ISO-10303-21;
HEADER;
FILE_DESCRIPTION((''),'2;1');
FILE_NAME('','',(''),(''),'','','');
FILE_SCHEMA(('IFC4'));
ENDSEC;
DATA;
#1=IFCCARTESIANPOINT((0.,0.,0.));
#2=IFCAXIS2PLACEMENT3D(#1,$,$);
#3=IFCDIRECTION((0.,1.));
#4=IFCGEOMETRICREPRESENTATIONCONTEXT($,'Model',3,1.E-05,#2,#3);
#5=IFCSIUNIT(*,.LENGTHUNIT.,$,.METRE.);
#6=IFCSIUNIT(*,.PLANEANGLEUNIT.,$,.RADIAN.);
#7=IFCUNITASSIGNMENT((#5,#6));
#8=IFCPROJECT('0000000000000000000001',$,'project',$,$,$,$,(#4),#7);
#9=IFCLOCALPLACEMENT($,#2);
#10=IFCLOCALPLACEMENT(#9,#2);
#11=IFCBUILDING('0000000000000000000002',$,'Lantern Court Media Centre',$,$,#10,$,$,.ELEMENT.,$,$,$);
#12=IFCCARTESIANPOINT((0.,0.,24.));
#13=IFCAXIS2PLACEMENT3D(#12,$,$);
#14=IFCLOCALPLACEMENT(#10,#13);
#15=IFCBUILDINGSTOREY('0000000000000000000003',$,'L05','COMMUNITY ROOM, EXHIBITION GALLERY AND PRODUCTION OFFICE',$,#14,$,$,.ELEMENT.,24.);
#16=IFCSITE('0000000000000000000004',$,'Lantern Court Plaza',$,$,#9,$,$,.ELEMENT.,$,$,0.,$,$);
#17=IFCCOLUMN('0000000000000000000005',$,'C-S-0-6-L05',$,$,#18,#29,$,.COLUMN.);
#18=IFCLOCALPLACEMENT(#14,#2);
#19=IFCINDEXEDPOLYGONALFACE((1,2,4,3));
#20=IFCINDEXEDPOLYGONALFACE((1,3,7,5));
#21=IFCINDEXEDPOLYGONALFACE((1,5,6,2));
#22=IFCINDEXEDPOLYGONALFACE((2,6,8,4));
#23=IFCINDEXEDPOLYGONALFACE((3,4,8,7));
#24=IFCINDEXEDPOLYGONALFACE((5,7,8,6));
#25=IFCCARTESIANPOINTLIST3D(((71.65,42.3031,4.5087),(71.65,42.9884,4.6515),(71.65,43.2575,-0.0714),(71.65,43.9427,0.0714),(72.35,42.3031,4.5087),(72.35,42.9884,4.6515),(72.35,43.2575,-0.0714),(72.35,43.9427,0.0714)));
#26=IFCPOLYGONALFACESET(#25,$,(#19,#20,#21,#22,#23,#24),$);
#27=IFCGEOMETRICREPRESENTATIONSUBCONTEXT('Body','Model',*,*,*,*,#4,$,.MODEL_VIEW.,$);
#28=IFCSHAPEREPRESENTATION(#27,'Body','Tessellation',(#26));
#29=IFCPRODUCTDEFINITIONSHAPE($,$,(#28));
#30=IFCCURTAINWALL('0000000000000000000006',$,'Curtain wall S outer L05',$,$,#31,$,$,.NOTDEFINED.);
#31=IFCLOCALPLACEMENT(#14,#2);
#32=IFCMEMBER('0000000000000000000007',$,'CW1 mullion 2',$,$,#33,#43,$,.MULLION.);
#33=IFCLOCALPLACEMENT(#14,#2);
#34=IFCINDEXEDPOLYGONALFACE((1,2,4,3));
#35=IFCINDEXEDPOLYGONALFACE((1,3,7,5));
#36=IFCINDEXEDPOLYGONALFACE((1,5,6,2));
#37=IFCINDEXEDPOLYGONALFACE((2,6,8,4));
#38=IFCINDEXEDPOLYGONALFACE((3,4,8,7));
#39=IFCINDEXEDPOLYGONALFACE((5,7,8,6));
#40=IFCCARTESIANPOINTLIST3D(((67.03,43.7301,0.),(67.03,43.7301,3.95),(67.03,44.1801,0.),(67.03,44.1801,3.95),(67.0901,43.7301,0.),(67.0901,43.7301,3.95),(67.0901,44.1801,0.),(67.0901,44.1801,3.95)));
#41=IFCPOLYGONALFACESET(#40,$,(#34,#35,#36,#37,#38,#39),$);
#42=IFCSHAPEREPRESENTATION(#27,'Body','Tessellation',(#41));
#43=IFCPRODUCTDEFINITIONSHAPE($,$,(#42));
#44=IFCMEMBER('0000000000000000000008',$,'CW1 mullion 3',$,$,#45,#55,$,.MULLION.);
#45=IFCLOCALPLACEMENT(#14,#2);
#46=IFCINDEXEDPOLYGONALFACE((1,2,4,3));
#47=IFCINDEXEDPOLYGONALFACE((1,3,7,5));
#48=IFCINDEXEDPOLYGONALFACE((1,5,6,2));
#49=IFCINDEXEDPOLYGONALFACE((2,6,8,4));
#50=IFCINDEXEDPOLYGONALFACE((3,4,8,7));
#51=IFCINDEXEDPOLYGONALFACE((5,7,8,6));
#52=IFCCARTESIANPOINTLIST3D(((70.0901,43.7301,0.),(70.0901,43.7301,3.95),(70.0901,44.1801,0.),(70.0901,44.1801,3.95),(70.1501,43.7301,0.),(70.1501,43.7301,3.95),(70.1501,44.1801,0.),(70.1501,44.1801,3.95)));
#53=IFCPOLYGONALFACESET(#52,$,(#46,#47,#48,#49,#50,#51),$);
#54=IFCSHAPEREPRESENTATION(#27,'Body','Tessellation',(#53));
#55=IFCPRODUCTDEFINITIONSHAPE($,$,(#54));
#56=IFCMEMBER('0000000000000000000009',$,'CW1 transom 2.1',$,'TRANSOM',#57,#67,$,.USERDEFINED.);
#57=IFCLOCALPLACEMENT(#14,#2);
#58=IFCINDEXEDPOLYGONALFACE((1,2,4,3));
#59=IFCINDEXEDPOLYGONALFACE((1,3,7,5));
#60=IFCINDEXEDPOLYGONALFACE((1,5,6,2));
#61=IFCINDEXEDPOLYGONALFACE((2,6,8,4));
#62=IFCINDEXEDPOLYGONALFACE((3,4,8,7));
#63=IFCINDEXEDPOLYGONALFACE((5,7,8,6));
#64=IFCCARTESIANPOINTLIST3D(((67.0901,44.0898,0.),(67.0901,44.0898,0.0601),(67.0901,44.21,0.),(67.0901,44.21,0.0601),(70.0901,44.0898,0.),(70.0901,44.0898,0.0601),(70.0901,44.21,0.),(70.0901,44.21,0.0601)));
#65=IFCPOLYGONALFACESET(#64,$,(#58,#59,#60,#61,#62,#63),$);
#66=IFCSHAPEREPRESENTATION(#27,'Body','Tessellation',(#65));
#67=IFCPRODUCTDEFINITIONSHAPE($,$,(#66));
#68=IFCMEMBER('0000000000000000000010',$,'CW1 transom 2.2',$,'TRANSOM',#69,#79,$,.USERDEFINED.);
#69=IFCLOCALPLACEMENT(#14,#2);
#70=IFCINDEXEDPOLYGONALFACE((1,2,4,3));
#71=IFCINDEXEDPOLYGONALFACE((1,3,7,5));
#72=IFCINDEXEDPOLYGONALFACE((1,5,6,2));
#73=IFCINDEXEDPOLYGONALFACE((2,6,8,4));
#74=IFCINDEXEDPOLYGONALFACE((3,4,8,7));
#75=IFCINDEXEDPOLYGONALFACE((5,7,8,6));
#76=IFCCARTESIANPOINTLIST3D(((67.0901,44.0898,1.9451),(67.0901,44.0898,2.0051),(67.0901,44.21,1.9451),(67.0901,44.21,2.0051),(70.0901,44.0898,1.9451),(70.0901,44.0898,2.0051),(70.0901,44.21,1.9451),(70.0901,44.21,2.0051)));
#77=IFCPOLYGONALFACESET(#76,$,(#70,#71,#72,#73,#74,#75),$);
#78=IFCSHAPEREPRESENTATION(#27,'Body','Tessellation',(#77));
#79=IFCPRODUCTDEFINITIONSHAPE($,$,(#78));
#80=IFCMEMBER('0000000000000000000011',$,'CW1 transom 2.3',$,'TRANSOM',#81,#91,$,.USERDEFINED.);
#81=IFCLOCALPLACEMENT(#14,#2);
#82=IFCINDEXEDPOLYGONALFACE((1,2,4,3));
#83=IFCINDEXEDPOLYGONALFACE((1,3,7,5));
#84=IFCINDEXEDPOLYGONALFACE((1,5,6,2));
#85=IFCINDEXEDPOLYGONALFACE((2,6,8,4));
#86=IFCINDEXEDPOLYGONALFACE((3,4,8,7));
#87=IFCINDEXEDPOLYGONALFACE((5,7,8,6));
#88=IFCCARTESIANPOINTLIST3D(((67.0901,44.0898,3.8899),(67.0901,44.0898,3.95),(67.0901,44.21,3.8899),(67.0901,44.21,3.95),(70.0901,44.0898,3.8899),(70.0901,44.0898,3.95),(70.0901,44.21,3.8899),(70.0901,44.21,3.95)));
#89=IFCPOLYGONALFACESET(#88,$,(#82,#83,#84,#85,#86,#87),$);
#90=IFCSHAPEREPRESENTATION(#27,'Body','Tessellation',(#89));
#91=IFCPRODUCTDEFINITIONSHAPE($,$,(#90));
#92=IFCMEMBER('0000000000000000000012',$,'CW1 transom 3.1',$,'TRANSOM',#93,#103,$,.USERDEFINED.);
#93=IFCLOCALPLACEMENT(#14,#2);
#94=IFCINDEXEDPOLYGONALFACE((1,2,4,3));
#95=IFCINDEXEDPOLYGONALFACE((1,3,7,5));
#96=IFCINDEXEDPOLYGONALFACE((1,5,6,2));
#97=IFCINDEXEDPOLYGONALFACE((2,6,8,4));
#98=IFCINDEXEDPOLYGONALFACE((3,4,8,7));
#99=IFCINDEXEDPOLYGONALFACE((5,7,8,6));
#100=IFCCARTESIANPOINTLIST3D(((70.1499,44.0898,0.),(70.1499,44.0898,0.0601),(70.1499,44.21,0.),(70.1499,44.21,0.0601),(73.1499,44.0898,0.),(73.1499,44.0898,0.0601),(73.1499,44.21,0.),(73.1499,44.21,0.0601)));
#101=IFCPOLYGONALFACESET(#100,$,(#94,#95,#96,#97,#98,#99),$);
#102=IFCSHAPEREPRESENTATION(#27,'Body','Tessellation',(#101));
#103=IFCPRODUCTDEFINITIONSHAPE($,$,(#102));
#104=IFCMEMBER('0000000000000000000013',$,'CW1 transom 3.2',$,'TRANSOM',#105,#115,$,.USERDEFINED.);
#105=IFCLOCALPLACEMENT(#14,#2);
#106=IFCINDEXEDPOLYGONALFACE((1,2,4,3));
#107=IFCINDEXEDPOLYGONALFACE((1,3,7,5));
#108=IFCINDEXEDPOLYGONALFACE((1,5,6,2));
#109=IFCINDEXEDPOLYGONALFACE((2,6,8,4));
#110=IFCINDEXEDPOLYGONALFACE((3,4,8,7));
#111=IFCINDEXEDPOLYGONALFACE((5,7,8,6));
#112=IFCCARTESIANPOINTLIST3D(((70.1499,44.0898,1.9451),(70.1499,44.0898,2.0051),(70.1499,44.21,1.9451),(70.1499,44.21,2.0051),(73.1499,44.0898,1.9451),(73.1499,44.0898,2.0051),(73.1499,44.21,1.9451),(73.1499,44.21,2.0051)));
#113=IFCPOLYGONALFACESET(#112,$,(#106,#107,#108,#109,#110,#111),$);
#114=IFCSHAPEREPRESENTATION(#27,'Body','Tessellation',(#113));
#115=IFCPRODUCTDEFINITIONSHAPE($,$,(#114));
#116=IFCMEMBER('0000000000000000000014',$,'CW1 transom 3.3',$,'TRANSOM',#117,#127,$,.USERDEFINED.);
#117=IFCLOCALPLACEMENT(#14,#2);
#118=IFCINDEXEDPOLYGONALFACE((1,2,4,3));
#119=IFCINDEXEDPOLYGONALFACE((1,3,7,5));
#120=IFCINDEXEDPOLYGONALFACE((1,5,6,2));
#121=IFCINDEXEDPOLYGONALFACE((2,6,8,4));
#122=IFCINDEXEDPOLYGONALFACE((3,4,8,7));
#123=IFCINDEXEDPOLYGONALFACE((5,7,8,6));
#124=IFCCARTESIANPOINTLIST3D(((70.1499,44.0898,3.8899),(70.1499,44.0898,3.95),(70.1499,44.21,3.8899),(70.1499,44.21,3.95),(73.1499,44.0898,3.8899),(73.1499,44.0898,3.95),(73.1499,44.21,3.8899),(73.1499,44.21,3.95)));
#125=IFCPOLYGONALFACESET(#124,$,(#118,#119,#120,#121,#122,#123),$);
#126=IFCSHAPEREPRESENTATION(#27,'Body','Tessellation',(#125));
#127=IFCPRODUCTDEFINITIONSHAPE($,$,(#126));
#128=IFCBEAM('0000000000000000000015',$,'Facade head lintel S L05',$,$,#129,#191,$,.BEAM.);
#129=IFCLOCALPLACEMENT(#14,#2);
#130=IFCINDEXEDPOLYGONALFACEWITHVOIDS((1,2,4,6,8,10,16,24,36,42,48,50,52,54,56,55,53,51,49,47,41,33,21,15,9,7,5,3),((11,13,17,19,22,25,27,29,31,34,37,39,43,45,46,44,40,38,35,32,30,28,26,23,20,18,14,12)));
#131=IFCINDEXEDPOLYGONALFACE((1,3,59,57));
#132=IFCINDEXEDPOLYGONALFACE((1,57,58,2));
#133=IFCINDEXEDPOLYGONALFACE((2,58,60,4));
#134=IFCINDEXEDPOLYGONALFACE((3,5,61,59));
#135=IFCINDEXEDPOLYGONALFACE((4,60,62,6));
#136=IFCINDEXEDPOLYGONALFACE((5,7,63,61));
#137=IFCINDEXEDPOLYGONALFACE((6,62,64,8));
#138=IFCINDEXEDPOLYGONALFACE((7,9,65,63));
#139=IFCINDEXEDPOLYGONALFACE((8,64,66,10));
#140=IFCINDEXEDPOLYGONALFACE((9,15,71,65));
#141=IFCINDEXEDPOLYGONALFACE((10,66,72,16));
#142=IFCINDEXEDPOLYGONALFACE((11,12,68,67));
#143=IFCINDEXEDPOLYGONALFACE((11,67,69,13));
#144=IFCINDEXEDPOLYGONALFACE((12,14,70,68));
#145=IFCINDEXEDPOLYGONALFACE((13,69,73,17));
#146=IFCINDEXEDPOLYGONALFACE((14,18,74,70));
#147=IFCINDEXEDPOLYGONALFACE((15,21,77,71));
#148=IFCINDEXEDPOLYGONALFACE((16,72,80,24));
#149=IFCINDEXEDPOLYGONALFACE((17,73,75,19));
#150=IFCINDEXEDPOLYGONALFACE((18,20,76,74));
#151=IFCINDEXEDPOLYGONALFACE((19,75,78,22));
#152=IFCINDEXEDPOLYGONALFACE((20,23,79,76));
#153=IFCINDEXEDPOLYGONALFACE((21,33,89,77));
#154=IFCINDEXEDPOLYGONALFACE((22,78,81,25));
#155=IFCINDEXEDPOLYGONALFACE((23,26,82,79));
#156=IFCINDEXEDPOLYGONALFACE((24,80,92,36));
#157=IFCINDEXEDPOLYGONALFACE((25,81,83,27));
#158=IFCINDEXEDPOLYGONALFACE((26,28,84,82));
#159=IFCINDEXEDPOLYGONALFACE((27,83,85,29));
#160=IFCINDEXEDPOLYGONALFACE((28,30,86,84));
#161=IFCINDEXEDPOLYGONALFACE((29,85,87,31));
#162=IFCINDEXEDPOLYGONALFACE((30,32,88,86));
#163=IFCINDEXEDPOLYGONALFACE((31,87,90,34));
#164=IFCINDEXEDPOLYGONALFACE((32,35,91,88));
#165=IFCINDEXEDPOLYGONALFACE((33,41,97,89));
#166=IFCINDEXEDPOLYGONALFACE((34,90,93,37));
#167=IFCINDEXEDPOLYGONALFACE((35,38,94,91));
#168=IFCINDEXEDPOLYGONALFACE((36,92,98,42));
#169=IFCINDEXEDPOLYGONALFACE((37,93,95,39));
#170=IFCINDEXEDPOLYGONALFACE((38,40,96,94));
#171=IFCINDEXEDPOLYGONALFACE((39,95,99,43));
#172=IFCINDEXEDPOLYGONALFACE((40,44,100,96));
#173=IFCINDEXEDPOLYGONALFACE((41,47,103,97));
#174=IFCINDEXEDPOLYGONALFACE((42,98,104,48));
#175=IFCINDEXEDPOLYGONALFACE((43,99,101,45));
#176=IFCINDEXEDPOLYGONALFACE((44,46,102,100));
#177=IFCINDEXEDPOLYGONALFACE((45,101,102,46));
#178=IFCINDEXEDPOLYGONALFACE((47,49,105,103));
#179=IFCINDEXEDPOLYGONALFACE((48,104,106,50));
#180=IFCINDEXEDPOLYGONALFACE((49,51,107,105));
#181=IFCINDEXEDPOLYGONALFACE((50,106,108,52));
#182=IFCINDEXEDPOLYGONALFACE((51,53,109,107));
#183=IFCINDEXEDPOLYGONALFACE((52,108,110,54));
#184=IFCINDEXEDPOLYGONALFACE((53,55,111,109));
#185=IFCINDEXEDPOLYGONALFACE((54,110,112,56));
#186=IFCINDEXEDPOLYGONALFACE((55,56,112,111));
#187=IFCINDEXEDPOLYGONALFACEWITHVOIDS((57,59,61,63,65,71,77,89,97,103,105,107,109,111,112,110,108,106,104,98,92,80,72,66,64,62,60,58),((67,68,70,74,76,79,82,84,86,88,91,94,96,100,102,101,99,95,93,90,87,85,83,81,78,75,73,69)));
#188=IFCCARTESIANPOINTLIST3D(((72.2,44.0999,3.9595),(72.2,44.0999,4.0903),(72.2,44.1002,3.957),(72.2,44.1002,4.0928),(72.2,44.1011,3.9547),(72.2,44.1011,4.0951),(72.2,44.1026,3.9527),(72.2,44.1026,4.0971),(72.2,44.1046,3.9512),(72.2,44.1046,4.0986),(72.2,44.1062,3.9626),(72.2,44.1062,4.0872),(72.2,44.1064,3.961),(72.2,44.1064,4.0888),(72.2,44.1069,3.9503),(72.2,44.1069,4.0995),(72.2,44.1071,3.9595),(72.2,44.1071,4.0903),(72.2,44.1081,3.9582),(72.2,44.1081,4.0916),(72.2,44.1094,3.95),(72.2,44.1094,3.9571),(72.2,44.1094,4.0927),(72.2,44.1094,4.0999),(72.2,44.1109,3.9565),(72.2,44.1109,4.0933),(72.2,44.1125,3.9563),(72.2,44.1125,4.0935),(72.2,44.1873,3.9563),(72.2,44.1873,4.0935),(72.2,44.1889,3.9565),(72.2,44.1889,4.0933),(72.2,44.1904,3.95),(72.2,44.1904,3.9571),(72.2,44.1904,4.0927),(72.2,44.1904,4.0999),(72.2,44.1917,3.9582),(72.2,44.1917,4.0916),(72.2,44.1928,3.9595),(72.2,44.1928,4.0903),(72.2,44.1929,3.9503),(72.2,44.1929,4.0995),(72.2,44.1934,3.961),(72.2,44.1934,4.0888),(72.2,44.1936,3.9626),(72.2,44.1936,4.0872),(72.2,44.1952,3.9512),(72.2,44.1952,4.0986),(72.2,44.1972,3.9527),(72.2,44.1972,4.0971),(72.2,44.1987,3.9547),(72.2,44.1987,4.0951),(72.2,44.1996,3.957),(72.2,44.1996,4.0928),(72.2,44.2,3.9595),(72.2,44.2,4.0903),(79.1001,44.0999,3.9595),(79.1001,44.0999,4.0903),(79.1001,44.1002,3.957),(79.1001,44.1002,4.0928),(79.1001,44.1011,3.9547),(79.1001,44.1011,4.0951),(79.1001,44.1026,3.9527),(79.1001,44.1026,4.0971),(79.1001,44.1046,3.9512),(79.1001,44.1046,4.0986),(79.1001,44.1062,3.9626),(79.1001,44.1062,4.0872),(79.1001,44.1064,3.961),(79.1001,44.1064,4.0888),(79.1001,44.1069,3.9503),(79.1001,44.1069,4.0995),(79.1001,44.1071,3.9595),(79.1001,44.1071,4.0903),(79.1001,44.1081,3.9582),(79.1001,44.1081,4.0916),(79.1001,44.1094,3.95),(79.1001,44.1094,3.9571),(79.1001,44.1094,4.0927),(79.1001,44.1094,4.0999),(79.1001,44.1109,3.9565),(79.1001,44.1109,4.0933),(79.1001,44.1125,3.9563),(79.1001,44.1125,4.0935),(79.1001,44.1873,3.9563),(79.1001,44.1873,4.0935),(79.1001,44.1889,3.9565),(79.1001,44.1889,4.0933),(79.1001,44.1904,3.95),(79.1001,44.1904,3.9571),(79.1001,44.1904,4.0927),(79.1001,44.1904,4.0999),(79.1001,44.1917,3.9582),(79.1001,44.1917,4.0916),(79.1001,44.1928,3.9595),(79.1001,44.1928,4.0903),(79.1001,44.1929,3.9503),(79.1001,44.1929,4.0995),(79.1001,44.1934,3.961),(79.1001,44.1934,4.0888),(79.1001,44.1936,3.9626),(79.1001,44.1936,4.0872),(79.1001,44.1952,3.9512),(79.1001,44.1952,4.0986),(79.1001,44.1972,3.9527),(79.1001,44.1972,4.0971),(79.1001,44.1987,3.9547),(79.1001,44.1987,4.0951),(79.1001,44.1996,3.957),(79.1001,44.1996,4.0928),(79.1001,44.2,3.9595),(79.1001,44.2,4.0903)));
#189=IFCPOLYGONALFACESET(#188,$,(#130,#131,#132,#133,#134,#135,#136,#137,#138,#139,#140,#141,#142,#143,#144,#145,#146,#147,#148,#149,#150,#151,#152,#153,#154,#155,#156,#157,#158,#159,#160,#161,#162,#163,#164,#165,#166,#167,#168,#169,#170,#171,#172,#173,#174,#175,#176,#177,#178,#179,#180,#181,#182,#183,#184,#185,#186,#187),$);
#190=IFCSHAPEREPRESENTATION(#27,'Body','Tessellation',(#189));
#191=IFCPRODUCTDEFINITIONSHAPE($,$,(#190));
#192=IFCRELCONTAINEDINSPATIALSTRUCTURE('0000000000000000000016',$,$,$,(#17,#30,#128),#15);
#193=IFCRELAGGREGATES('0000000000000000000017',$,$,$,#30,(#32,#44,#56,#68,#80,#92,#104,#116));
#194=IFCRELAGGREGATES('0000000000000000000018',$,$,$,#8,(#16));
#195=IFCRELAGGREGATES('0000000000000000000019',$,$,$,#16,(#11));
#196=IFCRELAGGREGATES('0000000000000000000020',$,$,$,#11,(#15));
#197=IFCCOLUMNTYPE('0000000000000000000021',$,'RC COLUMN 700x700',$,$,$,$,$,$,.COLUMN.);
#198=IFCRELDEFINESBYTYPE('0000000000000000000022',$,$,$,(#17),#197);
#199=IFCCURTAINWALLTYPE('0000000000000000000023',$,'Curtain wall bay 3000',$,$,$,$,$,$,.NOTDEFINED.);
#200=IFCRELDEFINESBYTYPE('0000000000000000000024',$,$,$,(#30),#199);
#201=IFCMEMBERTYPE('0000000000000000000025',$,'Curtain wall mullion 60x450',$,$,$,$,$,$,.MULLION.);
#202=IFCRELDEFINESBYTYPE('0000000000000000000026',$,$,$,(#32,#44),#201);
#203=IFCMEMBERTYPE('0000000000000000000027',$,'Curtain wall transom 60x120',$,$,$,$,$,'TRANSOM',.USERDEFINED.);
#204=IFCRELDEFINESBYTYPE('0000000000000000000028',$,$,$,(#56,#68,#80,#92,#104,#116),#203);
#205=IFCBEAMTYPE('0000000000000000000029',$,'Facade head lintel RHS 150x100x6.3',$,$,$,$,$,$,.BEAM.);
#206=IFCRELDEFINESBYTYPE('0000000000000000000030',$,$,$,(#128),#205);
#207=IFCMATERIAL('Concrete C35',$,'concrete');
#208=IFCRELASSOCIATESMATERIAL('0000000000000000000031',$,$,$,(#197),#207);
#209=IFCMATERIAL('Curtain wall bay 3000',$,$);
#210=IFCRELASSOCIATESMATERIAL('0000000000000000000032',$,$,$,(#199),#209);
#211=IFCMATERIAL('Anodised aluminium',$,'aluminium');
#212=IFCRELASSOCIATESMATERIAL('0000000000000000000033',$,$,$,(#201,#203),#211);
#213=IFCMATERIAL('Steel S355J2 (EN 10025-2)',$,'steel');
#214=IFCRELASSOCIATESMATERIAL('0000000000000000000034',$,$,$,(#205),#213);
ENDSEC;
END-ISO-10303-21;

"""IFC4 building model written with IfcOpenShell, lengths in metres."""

from ifc_helpers import new_model, si_unit, direction, frame, origin, origin_2d, place, context, subcontext, project, spatial, rectangle, hollow_rectangle, extrude, material, material_profile, profile_set, type_object, element, aggregate, save


model = new_model("IFC4")

# Units and contexts
model_context = context("Model", 3, precision=1e-05, world=origin(), true_north=direction((0.0, 1.0)))
body_context = subcontext(model_context, "Body", "Model", "MODEL_VIEW")
ifc_project = project(units=[si_unit("LENGTHUNIT", "METRE"), si_unit("PLANEANGLEUNIT", "RADIAN")], contexts=[model_context])

# Site, building, storey
site_placement = place(None, origin())
site = spatial("IfcSite", under=ifc_project, at=site_placement, Name="Lantern Court Plaza", CompositionType="ELEMENT", RefElevation=0.0)
building_placement = place(site_placement, origin())
building = spatial("IfcBuilding", under=site, at=building_placement, Name="Lantern Court Media Centre", CompositionType="ELEMENT")
storey_placement = place(building_placement, frame((0.0, 0.0, 24.0)))
storey = spatial("IfcBuildingStorey", under=building, at=storey_placement, Name="L05", Description="COMMUNITY ROOM, EXHIBITION GALLERY AND PRODUCTION OFFICE", CompositionType="ELEMENT", Elevation=24.0)

# Column
ifc_material_1 = material(Name="Concrete C35", Category="concrete")
ifc_material_profile_1 = material_profile(ifc_material_1, rectangle(XDim=0.7, YDim=0.7, at=origin_2d()), Name="RC 700x700")
ifc_profile_set_1 = profile_set([ifc_material_profile_1], Name="Concrete C35")
column_type = type_object("IfcColumnType", Name="RC COLUMN 700x700", PredefinedType="COLUMN", material=ifc_profile_set_1)
column_placement = place(storey_placement, frame((72.0, 43.6001, 0.0), z_axis=(0.0, -0.203988, 0.978973), x_axis=(1.0, 0.0, 0.0)))
element("IfcColumn", 1, at=column_placement, inside=storey, type_object=column_type, Name="C-S-0-6-L05", PredefinedType="COLUMN", context=body_context, shape_type="SweptSolid", body=[
    extrude(rectangle(XDim=0.7, YDim=0.7, at=origin_2d()), origin(), (0.0, 0.0, 1.0), 4.6785),
])

# Curtain wall, members
ifc_material_2 = material(Name="Curtain wall bay 3000")
curtain_wall_type = type_object("IfcCurtainWallType", Name="Curtain wall bay 3000", PredefinedType="NOTDEFINED", material=ifc_material_2)
curtain_wall_placement = place(storey_placement, origin())
curtain_wall = element("IfcCurtainWall", 2, at=curtain_wall_placement, inside=storey, type_object=curtain_wall_type, Name="Curtain wall S outer L05", PredefinedType="NOTDEFINED")
ifc_material_3 = material(Name="Anodised aluminium", Category="aluminium")
ifc_material_profile_2 = material_profile(ifc_material_3, rectangle(XDim=0.45, YDim=0.0601, at=origin_2d()), Name="AL 60x450")
ifc_profile_set_2 = profile_set([ifc_material_profile_2], Name="Anodised aluminium")
member_type_1 = type_object("IfcMemberType", Name="Curtain wall mullion 60x450", PredefinedType="MULLION", material=ifc_profile_set_2)
member_1_placement = place(storey_placement, frame((67.0601, 43.9551, 0.0), z_axis=(0.0, 0.0, 1.0), x_axis=(0.0, 1.0, 0.0)))
member_1 = element("IfcMember", 3, at=member_1_placement, type_object=member_type_1, Name="CW1 mullion 2", PredefinedType="MULLION", context=body_context, shape_type="SweptSolid", body=[
    extrude(rectangle(XDim=0.45, YDim=0.0601, at=origin_2d()), origin(), (0.0, 0.0, 1.0), 3.95),
])
member_2_placement = place(storey_placement, frame((70.1201, 43.9551, 0.0), z_axis=(0.0, 0.0, 1.0), x_axis=(0.0, 1.0, 0.0)))
member_2 = element("IfcMember", 4, at=member_2_placement, type_object=member_type_1, Name="CW1 mullion 3", PredefinedType="MULLION", context=body_context, shape_type="SweptSolid", body=[
    extrude(rectangle(XDim=0.45, YDim=0.0601, at=origin_2d()), origin(), (0.0, 0.0, 1.0), 3.95),
])
ifc_material_profile_3 = material_profile(ifc_material_3, rectangle(XDim=0.1201, YDim=0.0601, at=origin_2d()), Name="AL 60x120")
ifc_profile_set_3 = profile_set([ifc_material_profile_3], Name="Anodised aluminium")
member_type_2 = type_object("IfcMemberType", Name="Curtain wall transom 60x120", ElementType="TRANSOM", PredefinedType="USERDEFINED", material=ifc_profile_set_3)
member_3_placement = place(storey_placement, frame((67.0901, 44.1499, 0.03), z_axis=(1.0, 0.0, 0.0), x_axis=(0.0, 1.0, 0.0)))
member_3 = element("IfcMember", 5, at=member_3_placement, type_object=member_type_2, Name="CW1 transom 2.1", ObjectType="TRANSOM", PredefinedType="USERDEFINED", context=body_context, shape_type="SweptSolid", body=[
    extrude(rectangle(XDim=0.1201, YDim=0.0601, at=origin_2d()), origin(), (0.0, 0.0, 1.0), 3.0),
])
member_4_placement = place(storey_placement, frame((67.0901, 44.1499, 1.9751), z_axis=(1.0, 0.0, 0.0), x_axis=(0.0, 1.0, 0.0)))
member_4 = element("IfcMember", 6, at=member_4_placement, type_object=member_type_2, Name="CW1 transom 2.2", ObjectType="TRANSOM", PredefinedType="USERDEFINED", context=body_context, shape_type="SweptSolid", body=[
    extrude(rectangle(XDim=0.1201, YDim=0.0601, at=origin_2d()), origin(), (0.0, 0.0, 1.0), 3.0),
])
member_5_placement = place(storey_placement, frame((67.0901, 44.1499, 3.9199), z_axis=(1.0, 0.0, 0.0), x_axis=(0.0, 1.0, 0.0)))
member_5 = element("IfcMember", 7, at=member_5_placement, type_object=member_type_2, Name="CW1 transom 2.3", ObjectType="TRANSOM", PredefinedType="USERDEFINED", context=body_context, shape_type="SweptSolid", body=[
    extrude(rectangle(XDim=0.1201, YDim=0.0601, at=origin_2d()), origin(), (0.0, 0.0, 1.0), 3.0),
])
member_6_placement = place(storey_placement, frame((70.1499, 44.1499, 0.03), z_axis=(1.0, 0.0, 0.0), x_axis=(0.0, 1.0, 0.0)))
member_6 = element("IfcMember", 8, at=member_6_placement, type_object=member_type_2, Name="CW1 transom 3.1", ObjectType="TRANSOM", PredefinedType="USERDEFINED", context=body_context, shape_type="SweptSolid", body=[
    extrude(rectangle(XDim=0.1201, YDim=0.0601, at=origin_2d()), origin(), (0.0, 0.0, 1.0), 3.0),
])
member_7_placement = place(storey_placement, frame((70.1499, 44.1499, 1.9751), z_axis=(1.0, 0.0, 0.0), x_axis=(0.0, 1.0, 0.0)))
member_7 = element("IfcMember", 9, at=member_7_placement, type_object=member_type_2, Name="CW1 transom 3.2", ObjectType="TRANSOM", PredefinedType="USERDEFINED", context=body_context, shape_type="SweptSolid", body=[
    extrude(rectangle(XDim=0.1201, YDim=0.0601, at=origin_2d()), origin(), (0.0, 0.0, 1.0), 3.0),
])
member_8_placement = place(storey_placement, frame((70.1499, 44.1499, 3.9199), z_axis=(1.0, 0.0, 0.0), x_axis=(0.0, 1.0, 0.0)))
member_8 = element("IfcMember", 10, at=member_8_placement, type_object=member_type_2, Name="CW1 transom 3.3", ObjectType="TRANSOM", PredefinedType="USERDEFINED", context=body_context, shape_type="SweptSolid", body=[
    extrude(rectangle(XDim=0.1201, YDim=0.0601, at=origin_2d()), origin(), (0.0, 0.0, 1.0), 3.0),
])

# Beam
ifc_material_4 = material(Name="Steel S355J2 (EN 10025-2)", Category="steel")
ifc_material_profile_4 = material_profile(ifc_material_4, hollow_rectangle(XDim=0.1001, YDim=0.1499, WallThickness=0.0063, InnerFilletRadius=0.0063, OuterFilletRadius=0.0095, at=origin_2d()), Name="Facade head lintel RHS 150x100x6.3")
ifc_profile_set_4 = profile_set([ifc_material_profile_4], Name="Steel S355J2 (EN 10025-2)")
beam_type_1 = type_object("IfcBeamType", Name="Facade head lintel RHS 150x100x6.3", PredefinedType="BEAM", material=ifc_profile_set_4)
beam_1_placement = place(storey_placement, frame((72.2, 44.1499, 4.0249), z_axis=(1.0, 0.0, 0.0), x_axis=(0.0, 1.0, 0.0)))
element("IfcBeam", 11, at=beam_1_placement, inside=storey, type_object=beam_type_1, Name="Facade head lintel S L05", PredefinedType="BEAM", context=body_context, shape_type="SweptSolid", body=[
    extrude(hollow_rectangle(XDim=0.1001, YDim=0.1499, WallThickness=0.0063, InnerFilletRadius=0.0063, OuterFilletRadius=0.0095, at=origin_2d()), origin(), (0.0, 0.0, 1.0), 6.9001),
])

aggregate(curtain_wall, [member_1, member_2, member_3, member_4, member_5, member_6, member_7, member_8])

save(model, "model.ifc")
